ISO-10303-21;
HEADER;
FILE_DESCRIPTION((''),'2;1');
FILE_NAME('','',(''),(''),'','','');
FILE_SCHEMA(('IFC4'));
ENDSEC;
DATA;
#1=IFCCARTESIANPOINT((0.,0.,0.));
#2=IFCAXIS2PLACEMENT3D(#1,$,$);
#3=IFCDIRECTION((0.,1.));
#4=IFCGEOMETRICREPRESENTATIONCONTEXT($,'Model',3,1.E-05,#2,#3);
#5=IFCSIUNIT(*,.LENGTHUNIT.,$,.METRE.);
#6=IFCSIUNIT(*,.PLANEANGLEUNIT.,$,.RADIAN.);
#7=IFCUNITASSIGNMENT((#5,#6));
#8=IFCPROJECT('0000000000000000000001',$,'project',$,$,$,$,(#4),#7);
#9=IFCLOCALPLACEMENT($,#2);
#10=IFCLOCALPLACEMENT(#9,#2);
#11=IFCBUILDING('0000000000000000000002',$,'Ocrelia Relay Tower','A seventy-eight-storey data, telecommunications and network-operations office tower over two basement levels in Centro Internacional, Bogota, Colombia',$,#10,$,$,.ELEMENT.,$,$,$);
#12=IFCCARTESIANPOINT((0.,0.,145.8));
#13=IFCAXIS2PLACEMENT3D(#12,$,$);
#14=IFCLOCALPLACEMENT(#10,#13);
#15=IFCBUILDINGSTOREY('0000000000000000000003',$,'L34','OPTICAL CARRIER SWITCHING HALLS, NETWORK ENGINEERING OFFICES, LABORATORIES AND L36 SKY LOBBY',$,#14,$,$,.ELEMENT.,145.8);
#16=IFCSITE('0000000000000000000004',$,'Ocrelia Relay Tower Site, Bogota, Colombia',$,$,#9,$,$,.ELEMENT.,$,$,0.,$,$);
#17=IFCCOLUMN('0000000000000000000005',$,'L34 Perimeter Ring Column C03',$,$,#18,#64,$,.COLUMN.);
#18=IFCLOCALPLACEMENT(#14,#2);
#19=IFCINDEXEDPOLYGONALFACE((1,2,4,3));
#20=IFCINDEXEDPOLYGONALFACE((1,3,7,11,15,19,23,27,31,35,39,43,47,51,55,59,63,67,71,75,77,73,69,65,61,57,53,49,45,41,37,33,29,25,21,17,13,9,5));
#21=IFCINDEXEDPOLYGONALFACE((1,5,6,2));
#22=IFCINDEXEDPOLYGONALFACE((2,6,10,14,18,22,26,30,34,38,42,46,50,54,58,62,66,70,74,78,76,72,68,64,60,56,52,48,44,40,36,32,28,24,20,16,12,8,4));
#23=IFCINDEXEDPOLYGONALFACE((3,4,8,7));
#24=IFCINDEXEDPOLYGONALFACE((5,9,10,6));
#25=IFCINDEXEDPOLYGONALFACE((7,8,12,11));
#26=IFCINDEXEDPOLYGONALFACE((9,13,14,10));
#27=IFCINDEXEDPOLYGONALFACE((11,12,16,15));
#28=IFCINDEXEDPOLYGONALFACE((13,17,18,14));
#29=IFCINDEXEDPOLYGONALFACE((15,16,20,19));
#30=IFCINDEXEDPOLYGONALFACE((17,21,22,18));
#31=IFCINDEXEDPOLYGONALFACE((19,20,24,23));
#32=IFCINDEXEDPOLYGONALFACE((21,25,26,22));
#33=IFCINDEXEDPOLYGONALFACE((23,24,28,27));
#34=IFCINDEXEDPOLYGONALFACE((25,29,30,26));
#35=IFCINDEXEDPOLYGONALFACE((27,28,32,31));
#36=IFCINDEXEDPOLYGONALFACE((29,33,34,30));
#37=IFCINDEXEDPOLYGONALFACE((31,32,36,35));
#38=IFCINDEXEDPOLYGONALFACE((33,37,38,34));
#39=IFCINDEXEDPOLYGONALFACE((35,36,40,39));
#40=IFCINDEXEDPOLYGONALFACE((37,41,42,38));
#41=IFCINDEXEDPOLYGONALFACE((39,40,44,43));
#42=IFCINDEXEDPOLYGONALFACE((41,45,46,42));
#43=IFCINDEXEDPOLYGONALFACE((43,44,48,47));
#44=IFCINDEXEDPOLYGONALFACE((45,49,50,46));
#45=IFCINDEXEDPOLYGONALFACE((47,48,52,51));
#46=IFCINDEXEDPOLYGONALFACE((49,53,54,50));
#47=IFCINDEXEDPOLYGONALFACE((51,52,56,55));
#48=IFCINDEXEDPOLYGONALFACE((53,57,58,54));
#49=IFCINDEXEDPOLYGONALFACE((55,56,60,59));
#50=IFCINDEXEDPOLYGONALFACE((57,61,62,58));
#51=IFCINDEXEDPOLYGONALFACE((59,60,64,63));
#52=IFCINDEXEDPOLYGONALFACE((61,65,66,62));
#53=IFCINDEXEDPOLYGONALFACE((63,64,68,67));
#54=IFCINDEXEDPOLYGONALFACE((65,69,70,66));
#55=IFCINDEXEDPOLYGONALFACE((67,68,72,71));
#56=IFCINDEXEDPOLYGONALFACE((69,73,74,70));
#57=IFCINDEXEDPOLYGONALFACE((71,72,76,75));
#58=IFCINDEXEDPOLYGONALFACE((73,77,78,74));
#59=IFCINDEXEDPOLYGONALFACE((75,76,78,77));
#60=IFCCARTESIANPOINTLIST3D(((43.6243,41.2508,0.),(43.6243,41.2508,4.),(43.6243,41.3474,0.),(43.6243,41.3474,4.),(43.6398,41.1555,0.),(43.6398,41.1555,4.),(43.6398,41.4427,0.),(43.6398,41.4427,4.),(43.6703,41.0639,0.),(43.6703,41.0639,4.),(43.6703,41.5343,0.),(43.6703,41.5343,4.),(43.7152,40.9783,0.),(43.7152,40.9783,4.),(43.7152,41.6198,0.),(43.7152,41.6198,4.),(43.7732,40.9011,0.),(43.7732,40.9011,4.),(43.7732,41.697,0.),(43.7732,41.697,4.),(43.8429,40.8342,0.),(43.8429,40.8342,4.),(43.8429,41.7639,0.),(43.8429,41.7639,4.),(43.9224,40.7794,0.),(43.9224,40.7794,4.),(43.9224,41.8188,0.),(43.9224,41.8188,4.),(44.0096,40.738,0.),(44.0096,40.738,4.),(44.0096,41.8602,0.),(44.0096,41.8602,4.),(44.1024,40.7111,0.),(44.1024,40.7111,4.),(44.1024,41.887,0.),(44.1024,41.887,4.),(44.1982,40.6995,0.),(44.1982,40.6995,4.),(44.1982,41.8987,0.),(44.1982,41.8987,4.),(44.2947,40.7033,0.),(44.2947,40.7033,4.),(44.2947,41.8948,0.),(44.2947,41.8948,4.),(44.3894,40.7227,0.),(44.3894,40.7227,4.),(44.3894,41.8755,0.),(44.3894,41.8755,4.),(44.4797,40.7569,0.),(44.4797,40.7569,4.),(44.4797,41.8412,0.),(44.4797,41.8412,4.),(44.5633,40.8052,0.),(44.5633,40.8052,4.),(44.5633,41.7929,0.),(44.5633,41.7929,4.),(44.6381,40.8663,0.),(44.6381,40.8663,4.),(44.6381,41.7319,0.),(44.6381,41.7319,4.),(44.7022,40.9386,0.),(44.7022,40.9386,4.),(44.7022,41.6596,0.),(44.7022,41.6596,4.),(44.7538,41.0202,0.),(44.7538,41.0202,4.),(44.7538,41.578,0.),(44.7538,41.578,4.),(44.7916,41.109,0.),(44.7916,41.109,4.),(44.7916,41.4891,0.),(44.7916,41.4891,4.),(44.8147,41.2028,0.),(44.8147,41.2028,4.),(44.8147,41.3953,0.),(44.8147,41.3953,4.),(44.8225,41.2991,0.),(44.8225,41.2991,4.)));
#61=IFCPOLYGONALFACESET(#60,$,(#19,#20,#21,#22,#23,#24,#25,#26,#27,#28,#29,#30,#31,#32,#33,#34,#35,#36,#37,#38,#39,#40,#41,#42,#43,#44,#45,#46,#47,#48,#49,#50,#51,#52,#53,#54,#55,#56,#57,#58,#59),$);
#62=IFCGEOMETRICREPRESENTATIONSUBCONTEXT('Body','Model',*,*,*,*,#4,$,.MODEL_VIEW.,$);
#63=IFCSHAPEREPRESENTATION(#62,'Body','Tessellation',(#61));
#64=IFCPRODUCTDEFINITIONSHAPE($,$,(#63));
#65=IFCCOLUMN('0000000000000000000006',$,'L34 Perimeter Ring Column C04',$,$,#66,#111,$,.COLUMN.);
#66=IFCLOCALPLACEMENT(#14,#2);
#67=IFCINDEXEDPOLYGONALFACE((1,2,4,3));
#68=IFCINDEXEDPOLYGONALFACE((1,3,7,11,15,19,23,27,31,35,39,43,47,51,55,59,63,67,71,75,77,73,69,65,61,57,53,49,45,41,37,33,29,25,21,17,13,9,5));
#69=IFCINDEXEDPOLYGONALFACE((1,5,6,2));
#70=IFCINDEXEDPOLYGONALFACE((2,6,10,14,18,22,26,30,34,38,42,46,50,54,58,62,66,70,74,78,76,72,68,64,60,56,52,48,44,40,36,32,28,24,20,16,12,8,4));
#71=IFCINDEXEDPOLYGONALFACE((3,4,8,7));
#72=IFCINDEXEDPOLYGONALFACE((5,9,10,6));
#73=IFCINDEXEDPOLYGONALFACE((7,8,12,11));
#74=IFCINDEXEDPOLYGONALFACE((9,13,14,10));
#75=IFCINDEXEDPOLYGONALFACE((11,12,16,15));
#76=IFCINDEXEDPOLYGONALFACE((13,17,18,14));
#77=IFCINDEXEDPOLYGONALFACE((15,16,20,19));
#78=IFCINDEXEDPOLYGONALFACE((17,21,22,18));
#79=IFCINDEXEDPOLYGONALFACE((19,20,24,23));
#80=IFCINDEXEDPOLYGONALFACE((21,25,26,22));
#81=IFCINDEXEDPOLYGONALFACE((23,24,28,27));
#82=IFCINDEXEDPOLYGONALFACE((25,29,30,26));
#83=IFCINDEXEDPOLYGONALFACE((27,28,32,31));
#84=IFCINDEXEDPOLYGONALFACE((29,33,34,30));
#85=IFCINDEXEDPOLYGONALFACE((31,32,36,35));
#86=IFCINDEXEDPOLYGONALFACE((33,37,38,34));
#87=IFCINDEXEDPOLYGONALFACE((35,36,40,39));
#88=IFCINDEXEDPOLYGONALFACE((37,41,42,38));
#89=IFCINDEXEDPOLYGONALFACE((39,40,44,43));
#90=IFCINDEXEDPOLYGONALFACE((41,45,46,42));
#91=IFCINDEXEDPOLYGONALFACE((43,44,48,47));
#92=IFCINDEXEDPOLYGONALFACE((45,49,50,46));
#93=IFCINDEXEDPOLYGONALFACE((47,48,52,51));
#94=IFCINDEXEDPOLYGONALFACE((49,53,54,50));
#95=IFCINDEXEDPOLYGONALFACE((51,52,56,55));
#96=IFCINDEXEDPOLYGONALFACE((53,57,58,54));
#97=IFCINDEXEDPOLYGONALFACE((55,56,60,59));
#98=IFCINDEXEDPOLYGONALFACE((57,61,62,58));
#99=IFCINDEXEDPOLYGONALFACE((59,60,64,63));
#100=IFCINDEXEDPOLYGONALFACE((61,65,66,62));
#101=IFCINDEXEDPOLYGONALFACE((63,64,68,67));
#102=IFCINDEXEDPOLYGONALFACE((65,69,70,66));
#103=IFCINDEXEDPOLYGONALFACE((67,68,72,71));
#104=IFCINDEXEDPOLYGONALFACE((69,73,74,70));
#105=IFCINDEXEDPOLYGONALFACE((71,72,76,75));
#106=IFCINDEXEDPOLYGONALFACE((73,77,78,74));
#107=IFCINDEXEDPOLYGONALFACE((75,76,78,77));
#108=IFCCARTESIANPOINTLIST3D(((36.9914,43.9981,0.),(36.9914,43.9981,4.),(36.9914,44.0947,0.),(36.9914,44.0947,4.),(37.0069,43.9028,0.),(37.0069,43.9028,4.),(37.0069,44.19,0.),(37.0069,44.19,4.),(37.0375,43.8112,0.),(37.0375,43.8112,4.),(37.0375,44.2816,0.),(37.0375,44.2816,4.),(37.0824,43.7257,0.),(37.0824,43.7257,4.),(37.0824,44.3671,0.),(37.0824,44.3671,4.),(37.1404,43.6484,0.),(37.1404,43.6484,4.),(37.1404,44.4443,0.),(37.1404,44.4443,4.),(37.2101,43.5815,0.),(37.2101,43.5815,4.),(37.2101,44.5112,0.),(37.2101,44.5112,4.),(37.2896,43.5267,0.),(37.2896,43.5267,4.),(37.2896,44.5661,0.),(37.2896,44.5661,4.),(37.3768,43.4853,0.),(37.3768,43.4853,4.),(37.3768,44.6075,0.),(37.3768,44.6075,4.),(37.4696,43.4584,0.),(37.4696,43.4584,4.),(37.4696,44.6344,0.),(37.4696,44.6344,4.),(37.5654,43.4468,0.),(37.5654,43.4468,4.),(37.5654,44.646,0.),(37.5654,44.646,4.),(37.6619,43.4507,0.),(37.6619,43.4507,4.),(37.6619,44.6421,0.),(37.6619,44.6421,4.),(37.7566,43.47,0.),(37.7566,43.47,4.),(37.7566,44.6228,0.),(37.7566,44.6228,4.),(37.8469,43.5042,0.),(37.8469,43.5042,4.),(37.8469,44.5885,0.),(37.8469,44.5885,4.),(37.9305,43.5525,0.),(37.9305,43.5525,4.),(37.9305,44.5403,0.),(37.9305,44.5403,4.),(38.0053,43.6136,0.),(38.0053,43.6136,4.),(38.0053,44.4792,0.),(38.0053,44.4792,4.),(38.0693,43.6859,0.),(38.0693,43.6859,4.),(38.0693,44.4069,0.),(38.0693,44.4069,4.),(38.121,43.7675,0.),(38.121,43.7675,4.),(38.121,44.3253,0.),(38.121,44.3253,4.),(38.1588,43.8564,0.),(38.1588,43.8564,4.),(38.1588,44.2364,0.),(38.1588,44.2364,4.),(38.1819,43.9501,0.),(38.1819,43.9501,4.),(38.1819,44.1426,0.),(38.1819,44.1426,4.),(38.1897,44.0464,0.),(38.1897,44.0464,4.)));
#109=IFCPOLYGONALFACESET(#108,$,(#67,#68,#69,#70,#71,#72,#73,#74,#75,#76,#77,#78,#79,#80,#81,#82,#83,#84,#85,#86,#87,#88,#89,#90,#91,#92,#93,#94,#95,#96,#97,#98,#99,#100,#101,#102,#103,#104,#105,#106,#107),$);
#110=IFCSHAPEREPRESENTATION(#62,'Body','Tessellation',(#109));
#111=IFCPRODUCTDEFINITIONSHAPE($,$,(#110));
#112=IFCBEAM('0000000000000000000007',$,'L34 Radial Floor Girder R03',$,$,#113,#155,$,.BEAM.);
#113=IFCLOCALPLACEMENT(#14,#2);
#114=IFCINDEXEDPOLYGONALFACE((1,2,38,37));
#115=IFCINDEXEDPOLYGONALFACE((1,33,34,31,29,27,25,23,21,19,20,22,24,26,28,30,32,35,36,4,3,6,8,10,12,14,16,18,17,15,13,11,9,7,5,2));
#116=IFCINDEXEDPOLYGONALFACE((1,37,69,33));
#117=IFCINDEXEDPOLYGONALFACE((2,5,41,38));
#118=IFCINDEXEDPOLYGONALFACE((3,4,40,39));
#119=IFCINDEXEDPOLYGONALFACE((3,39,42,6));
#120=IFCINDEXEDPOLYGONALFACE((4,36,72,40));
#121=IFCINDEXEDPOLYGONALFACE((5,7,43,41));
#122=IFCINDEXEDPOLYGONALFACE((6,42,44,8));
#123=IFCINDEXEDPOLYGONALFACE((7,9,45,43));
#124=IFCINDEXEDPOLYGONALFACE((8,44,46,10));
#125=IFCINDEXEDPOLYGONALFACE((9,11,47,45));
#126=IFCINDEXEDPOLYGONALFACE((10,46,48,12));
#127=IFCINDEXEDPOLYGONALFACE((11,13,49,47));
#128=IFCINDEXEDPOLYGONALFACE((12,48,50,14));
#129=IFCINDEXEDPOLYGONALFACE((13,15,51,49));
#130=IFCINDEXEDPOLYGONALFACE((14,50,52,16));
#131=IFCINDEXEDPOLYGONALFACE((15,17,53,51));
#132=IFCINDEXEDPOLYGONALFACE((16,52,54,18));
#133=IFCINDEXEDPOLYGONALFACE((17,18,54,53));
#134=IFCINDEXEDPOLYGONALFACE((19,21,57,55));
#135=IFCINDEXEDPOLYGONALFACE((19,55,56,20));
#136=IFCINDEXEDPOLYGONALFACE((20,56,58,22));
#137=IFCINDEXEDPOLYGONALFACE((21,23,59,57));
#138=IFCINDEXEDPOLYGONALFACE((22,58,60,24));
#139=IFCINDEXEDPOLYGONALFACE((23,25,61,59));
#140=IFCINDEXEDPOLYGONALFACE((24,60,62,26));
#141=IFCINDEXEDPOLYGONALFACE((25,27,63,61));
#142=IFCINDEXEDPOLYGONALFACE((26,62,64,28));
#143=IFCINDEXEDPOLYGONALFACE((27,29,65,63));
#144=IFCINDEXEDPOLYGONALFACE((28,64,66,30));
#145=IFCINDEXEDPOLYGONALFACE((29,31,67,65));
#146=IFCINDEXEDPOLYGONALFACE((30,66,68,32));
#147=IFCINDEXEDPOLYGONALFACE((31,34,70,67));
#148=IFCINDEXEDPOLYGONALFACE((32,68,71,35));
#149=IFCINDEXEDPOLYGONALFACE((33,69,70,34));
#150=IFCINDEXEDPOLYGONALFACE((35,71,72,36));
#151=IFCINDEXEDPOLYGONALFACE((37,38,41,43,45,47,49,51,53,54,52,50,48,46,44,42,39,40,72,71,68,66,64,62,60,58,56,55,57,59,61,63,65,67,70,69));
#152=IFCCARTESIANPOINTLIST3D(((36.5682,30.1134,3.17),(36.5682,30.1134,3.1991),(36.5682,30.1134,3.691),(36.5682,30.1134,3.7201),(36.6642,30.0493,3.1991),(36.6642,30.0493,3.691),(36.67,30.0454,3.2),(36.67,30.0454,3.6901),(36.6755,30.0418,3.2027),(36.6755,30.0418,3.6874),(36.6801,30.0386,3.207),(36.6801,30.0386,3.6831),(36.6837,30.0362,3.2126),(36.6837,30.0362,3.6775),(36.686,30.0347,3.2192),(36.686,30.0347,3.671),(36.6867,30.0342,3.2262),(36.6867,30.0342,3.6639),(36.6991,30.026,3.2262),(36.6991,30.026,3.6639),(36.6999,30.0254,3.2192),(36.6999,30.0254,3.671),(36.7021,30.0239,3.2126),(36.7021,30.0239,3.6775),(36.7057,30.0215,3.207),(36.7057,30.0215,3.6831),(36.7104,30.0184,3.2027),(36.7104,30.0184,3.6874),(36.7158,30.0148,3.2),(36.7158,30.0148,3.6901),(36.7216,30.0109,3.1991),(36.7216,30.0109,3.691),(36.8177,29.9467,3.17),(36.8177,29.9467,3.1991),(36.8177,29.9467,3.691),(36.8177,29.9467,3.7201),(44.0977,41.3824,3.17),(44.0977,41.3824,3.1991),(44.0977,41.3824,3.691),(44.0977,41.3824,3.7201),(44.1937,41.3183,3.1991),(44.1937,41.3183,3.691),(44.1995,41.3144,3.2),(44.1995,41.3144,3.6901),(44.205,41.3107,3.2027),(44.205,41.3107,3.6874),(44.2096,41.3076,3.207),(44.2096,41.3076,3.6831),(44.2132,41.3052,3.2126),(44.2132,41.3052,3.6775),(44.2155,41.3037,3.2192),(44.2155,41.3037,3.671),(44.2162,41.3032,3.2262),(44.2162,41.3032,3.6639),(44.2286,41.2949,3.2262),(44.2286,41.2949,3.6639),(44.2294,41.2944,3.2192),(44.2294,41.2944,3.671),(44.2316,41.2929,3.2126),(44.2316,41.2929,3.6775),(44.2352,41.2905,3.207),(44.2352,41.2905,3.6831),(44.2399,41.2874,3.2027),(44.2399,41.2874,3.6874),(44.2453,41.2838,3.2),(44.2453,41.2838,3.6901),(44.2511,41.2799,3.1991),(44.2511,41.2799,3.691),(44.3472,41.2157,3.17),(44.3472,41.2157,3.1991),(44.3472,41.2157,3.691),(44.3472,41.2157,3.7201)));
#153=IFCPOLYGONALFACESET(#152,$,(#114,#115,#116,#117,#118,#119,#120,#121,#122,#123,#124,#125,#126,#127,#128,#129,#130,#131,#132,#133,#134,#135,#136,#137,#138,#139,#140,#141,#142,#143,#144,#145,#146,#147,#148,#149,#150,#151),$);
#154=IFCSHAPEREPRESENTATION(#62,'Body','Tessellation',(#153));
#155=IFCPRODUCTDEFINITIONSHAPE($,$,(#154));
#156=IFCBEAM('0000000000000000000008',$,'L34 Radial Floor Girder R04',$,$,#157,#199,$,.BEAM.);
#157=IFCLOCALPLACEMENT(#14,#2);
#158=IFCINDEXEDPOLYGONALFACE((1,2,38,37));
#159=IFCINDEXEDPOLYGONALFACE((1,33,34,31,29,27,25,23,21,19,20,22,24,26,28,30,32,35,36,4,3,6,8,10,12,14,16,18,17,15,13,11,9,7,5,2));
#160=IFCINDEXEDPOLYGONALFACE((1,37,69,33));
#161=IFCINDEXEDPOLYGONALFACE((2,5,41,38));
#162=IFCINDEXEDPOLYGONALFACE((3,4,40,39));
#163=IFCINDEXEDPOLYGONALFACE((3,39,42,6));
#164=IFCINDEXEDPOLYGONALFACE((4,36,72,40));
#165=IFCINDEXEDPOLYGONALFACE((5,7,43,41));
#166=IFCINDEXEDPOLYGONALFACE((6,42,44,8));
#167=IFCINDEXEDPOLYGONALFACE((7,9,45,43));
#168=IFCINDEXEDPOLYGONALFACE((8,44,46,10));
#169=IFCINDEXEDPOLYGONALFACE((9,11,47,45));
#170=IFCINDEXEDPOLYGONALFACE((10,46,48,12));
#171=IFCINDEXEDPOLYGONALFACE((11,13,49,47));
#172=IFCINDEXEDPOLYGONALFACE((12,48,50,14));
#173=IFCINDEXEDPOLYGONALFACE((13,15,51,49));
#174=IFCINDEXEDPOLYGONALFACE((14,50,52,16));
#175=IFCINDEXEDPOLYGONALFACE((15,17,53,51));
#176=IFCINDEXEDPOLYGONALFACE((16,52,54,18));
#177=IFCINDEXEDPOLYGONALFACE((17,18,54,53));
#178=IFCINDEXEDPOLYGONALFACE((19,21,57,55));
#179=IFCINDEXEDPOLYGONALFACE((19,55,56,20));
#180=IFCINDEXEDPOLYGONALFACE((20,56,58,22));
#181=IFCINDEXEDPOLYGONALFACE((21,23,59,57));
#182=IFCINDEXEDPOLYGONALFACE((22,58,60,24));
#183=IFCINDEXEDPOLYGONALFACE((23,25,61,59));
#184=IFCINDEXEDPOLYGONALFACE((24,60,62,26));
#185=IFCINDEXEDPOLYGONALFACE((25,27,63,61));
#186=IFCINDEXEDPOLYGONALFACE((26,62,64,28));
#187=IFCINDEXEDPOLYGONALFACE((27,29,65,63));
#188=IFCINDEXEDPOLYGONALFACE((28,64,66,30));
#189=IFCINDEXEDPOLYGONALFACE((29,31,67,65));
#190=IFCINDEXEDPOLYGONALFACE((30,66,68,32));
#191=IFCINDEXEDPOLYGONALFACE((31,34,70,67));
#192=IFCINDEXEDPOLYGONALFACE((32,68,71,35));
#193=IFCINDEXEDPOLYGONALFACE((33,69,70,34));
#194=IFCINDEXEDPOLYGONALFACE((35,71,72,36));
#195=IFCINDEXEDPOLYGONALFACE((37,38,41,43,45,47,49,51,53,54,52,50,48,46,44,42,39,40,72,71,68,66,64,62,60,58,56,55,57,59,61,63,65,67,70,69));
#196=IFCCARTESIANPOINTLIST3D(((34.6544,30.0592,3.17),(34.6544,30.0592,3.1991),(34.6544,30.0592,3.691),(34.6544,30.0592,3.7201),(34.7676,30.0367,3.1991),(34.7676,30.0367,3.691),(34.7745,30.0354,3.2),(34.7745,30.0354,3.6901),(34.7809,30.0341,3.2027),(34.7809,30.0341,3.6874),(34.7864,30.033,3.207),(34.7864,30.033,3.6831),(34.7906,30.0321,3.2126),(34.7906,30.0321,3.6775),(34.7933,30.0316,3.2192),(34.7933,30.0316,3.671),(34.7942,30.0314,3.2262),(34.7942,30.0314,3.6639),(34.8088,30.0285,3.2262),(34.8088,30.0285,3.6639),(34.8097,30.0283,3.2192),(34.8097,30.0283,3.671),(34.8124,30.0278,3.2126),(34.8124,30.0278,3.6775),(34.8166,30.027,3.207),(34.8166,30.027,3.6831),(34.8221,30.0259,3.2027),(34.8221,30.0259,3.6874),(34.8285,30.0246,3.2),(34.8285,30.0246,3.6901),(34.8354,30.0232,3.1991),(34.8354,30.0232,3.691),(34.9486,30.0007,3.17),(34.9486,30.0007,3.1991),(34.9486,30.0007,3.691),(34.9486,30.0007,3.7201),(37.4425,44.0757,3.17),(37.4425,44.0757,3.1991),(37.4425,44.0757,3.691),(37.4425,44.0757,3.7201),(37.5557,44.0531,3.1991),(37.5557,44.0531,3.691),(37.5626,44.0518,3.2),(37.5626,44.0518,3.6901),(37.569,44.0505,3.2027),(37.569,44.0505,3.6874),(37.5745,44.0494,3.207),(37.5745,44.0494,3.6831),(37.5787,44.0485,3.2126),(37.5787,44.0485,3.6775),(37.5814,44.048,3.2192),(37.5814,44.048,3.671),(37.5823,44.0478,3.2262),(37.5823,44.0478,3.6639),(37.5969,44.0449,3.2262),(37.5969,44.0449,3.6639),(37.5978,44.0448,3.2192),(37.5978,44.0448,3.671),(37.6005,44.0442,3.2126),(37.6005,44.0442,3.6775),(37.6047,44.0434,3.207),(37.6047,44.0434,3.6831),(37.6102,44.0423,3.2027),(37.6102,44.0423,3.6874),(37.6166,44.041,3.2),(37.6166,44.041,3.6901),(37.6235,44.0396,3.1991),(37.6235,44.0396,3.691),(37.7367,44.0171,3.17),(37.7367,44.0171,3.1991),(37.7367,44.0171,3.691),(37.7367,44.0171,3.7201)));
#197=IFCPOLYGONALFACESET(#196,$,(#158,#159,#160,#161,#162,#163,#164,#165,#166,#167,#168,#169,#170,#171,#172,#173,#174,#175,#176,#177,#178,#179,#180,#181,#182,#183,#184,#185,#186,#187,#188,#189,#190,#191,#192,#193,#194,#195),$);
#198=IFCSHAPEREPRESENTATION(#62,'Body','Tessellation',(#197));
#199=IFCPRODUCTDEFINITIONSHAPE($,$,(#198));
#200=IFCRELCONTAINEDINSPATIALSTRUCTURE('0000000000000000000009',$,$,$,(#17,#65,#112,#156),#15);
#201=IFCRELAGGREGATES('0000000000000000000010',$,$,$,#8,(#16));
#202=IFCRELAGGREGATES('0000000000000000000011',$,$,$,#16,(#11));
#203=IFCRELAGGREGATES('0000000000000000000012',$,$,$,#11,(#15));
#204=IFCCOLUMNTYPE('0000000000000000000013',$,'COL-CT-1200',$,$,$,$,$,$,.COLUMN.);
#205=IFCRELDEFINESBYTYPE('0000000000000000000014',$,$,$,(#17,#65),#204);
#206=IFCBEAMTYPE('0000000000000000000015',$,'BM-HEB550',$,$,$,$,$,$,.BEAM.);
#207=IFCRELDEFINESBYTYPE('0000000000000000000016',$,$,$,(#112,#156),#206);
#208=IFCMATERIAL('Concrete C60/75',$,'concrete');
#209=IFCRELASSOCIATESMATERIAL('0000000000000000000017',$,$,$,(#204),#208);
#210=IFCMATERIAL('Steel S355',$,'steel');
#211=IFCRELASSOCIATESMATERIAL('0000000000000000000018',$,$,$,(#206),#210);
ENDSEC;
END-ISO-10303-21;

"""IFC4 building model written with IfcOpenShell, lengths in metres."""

from ifc_helpers import new_model, si_unit, direction, frame, origin, origin_2d, place, context, subcontext, project, spatial, circle, i_section, extrude, material, material_profile, profile_set, type_object, element, save


model = new_model("IFC4")

# Units and contexts
model_context = context("Model", 3, precision=1e-05, world=origin(), true_north=direction((0.0, 1.0)))
body_context = subcontext(model_context, "Body", "Model", "MODEL_VIEW")
ifc_project = project(units=[si_unit("LENGTHUNIT", "METRE"), si_unit("PLANEANGLEUNIT", "RADIAN")], contexts=[model_context])

# Site, building, storey
site_placement = place(None, origin())
site = spatial("IfcSite", under=ifc_project, at=site_placement, Name="Ocrelia Relay Tower Site, Bogota, Colombia", CompositionType="ELEMENT", RefElevation=0.0)
building_placement = place(site_placement, origin())
building = spatial("IfcBuilding", under=site, at=building_placement, Name="Ocrelia Relay Tower", Description="A seventy-eight-storey data, telecommunications and network-operations office tower over two basement levels in Centro Internacional, Bogota, Colombia", CompositionType="ELEMENT")
storey_placement = place(building_placement, frame((0.0, 0.0, 145.8)))
storey = spatial("IfcBuildingStorey", under=building, at=storey_placement, Name="L34", Description="OPTICAL CARRIER SWITCHING HALLS, NETWORK ENGINEERING OFFICES, LABORATORIES AND L36 SKY LOBBY", CompositionType="ELEMENT", Elevation=145.8)

# Columns
ifc_material_1 = material(Name="Concrete C60/75", Category="concrete")
ifc_material_profile_1 = material_profile(ifc_material_1, circle(Radius=0.6001, at=origin_2d()), Name="RC-CIR-1200")
ifc_profile_set_1 = profile_set([ifc_material_profile_1], Name="Concrete C60/75")
column_type = type_object("IfcColumnType", Name="COL-CT-1200", PredefinedType="COLUMN", material=ifc_profile_set_1)
for number, where, z_axis, x_axis, name in (
    (1, (44.2224, 41.2991, 0.0), (0.0, 0.0, 1.0), (1.0, 0.0, 0.0), "L34 Perimeter Ring Column C03"),
    (2, (37.5896, 44.0464, 0.0), (0.0, 0.0, 1.0), (1.0, 0.0, 0.0), "L34 Perimeter Ring Column C04"),
):
    element("IfcColumn", number, at=place(storey_placement, frame(where, z_axis=z_axis, x_axis=x_axis)), inside=storey, type_object=column_type, Name=name, PredefinedType="COLUMN", context=body_context, shape_type="SweptSolid", body=[
        extrude(circle(Radius=0.6001, at=origin_2d()), origin(), (0.0, 0.0, 1.0), 4.0),
    ])

# Beams
ifc_material_2 = material(Name="Steel S355", Category="steel")
ifc_material_profile_2 = material_profile(ifc_material_2, i_section(OverallWidth=0.3, OverallDepth=0.55, WebThickness=0.0149, FlangeThickness=0.0291, FilletRadius=0.0271, at=origin_2d()), Name="HEB 550")
ifc_profile_set_2 = profile_set([ifc_material_profile_2], Name="Steel S355")
beam_type_1 = type_object("IfcBeamType", Name="BM-HEB550", PredefinedType="BEAM", material=ifc_profile_set_2)
beam_1_placement = place(storey_placement, frame((44.2224, 41.2991, 3.4451), z_axis=(-0.55556, -0.831476, 0.0), x_axis=(0.831476, -0.55556, 0.0)))
element("IfcBeam", 3, at=beam_1_placement, inside=storey, type_object=beam_type_1, Name="L34 Radial Floor Girder R03", PredefinedType="BEAM", context=body_context, shape_type="SweptSolid", body=[
    extrude(i_section(OverallWidth=0.3, OverallDepth=0.55, WebThickness=0.0149, FlangeThickness=0.0291, FilletRadius=0.0271, at=origin_2d()), origin(), (0.0, 0.0, 1.0), 13.553),
])
beam_2_placement = place(storey_placement, frame((37.5896, 44.0464, 3.4451), z_axis=(-0.195094, -0.980784, 0.0), x_axis=(0.980784, -0.195094, 0.0)))
element("IfcBeam", 4, at=beam_2_placement, inside=storey, type_object=beam_type_1, Name="L34 Radial Floor Girder R04", PredefinedType="BEAM", context=body_context, shape_type="SweptSolid", body=[
    extrude(i_section(OverallWidth=0.3, OverallDepth=0.55, WebThickness=0.0149, FlangeThickness=0.0291, FilletRadius=0.0271, at=origin_2d()), origin(), (0.0, 0.0, 1.0), 14.291),
])

save(model, "model.ifc")
